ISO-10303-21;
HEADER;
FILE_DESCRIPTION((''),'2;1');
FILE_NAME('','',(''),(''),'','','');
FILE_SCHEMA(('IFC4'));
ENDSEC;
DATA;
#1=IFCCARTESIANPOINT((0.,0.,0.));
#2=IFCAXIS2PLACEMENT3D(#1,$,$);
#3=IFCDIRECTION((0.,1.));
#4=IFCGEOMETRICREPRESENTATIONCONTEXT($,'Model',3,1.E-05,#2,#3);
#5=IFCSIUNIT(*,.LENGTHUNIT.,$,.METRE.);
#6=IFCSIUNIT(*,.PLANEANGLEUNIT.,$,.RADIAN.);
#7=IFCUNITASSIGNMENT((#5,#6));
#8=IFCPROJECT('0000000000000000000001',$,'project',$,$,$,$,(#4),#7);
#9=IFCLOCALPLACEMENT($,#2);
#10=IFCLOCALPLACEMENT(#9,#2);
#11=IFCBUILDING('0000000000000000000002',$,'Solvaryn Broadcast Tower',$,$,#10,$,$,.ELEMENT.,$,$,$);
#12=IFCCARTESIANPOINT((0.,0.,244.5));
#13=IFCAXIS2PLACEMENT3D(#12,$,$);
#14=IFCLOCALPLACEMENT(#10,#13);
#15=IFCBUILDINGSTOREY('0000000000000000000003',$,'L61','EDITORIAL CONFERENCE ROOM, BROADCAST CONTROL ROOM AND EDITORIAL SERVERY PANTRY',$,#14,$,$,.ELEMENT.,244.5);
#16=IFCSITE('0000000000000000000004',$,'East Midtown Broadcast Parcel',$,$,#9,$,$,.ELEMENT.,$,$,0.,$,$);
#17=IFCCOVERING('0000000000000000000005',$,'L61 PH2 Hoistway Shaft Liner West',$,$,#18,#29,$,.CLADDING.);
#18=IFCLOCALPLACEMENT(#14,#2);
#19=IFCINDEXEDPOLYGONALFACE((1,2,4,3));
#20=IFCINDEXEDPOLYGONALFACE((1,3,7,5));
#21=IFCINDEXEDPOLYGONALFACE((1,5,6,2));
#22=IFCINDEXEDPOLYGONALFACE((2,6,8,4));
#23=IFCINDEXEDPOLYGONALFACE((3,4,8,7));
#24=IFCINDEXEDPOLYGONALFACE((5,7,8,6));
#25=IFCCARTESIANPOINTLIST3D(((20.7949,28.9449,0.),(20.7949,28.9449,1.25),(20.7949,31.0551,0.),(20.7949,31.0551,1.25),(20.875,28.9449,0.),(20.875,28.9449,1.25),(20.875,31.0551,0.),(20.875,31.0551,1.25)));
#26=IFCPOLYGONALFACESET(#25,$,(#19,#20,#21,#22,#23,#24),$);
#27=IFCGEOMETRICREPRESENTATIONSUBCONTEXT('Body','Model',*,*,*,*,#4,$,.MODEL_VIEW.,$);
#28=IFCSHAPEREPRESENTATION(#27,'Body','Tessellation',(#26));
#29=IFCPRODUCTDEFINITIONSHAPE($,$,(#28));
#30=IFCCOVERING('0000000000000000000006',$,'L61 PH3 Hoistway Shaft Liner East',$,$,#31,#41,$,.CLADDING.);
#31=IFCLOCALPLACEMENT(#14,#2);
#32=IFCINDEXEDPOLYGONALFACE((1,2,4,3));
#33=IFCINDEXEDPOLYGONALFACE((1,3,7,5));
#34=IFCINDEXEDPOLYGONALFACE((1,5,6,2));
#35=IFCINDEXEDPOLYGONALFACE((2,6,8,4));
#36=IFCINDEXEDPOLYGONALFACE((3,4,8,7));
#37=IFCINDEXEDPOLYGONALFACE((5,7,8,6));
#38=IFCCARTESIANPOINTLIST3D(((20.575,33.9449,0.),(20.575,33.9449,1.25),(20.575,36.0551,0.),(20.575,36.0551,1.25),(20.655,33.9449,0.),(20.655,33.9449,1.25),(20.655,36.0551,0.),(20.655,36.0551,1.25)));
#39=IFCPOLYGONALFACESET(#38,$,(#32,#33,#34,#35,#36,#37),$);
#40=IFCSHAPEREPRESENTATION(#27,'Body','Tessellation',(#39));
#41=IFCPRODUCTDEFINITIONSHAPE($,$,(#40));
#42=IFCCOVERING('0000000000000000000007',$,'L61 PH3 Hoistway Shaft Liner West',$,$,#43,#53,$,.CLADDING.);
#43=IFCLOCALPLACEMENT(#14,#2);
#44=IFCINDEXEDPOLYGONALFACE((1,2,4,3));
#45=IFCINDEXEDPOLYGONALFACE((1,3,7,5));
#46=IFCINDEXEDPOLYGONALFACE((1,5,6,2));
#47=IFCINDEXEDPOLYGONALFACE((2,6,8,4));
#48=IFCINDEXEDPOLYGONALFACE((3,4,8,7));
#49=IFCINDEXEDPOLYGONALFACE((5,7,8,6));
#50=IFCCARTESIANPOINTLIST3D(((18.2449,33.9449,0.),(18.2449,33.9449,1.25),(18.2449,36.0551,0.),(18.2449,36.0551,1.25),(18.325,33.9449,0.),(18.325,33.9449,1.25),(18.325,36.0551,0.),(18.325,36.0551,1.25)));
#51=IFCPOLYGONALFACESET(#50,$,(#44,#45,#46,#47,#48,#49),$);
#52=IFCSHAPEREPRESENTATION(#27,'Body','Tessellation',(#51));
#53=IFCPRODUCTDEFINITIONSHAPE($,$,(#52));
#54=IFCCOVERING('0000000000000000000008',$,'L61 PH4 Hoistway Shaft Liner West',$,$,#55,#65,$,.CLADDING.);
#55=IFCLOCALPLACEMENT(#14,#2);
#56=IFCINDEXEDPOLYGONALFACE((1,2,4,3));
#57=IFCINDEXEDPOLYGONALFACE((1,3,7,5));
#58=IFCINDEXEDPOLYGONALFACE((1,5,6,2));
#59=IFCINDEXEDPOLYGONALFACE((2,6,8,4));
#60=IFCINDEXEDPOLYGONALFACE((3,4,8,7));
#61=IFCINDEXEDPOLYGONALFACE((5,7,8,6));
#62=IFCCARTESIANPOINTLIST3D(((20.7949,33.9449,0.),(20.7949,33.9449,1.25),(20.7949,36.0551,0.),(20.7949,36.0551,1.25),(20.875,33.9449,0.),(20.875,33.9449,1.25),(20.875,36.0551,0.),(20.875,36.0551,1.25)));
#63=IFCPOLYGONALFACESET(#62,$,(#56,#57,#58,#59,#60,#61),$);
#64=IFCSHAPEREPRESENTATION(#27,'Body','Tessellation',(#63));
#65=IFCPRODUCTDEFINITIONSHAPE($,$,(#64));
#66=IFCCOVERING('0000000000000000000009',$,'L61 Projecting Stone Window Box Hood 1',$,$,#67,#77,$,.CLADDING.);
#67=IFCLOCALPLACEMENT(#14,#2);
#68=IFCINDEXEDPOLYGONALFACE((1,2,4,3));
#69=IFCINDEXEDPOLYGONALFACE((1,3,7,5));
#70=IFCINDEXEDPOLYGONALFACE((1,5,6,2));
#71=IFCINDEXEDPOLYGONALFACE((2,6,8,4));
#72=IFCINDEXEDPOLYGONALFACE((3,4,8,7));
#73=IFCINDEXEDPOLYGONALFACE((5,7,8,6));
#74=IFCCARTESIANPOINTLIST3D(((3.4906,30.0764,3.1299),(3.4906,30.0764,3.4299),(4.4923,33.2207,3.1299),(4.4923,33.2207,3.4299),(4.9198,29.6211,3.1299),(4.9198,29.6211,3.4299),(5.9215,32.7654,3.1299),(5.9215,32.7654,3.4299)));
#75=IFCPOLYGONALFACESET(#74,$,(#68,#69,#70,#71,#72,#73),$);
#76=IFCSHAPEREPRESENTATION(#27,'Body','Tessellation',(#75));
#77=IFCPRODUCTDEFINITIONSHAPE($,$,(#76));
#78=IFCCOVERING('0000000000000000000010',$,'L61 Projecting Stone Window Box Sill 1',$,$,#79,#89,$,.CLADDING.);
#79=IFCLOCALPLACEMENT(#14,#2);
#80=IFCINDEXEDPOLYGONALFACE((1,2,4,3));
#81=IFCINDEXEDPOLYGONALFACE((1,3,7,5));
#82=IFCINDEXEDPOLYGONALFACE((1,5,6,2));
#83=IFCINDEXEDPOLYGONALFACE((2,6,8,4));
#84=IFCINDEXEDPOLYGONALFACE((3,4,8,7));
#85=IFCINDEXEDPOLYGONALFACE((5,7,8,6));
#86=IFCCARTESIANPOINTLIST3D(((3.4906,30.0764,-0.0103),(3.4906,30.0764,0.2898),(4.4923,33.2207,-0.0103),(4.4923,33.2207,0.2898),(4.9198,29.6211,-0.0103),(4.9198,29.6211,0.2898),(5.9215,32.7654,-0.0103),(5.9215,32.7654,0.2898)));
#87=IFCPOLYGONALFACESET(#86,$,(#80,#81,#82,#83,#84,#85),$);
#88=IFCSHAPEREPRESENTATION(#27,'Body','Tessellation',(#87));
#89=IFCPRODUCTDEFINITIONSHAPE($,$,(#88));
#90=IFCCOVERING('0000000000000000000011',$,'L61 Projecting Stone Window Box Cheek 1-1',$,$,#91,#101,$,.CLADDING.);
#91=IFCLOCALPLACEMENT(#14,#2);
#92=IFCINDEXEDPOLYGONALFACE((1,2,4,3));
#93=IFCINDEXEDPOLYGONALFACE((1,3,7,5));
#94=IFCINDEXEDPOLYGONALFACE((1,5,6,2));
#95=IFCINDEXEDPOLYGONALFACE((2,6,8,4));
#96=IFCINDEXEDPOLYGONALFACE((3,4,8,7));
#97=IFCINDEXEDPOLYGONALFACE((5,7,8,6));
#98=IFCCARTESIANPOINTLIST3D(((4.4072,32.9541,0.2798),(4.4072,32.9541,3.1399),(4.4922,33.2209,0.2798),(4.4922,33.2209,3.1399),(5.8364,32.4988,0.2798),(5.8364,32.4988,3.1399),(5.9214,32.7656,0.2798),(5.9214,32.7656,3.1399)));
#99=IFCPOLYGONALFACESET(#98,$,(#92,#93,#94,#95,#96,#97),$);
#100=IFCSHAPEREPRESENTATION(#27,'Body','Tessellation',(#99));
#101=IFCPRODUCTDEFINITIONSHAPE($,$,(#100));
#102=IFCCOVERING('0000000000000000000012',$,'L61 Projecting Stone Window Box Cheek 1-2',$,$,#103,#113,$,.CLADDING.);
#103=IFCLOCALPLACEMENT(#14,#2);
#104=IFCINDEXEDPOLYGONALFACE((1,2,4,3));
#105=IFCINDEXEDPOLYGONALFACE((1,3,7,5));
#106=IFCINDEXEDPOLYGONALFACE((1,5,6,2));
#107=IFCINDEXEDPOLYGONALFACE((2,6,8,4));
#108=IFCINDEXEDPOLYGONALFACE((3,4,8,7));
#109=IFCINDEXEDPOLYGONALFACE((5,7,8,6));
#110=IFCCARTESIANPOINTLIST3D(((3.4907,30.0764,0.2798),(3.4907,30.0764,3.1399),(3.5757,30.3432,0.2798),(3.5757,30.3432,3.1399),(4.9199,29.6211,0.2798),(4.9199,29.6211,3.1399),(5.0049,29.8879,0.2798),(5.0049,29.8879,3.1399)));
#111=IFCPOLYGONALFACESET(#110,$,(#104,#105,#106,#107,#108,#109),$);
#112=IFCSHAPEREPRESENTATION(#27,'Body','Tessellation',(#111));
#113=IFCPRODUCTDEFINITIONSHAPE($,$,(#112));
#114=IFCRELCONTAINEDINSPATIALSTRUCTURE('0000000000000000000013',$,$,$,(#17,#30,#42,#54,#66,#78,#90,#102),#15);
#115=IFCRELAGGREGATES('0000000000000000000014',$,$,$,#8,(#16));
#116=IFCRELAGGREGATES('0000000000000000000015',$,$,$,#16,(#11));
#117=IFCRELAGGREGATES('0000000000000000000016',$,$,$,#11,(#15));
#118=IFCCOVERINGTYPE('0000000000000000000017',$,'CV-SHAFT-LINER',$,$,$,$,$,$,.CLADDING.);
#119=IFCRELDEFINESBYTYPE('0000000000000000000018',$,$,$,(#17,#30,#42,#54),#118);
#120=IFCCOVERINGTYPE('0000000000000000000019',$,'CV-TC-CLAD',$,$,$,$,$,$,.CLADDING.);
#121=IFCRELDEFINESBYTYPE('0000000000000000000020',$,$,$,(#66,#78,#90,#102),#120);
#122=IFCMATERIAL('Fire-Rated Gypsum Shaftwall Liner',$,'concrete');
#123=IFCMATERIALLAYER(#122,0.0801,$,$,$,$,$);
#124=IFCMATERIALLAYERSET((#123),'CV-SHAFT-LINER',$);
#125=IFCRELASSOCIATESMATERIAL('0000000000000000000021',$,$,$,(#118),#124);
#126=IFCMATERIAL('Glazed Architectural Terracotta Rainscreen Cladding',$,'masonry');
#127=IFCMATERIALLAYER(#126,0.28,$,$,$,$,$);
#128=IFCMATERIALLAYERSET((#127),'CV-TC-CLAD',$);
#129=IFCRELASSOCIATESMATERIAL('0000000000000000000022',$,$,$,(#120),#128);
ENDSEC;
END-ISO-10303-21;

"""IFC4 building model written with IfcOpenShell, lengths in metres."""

from ifc_helpers import new_model, si_unit, direction, frame, origin, origin_2d, place, context, subcontext, project, spatial, rectangle, extrude, material, layer, layer_set, type_object, element, save


model = new_model("IFC4")

# Units and contexts
model_context = context("Model", 3, precision=1e-05, world=origin(), true_north=direction((0.0, 1.0)))
body_context = subcontext(model_context, "Body", "Model", "MODEL_VIEW")
ifc_project = project(units=[si_unit("LENGTHUNIT", "METRE"), si_unit("PLANEANGLEUNIT", "RADIAN")], contexts=[model_context])

# Site, building, storey
site_placement = place(None, origin())
site = spatial("IfcSite", under=ifc_project, at=site_placement, Name="East Midtown Broadcast Parcel", CompositionType="ELEMENT", RefElevation=0.0)
building_placement = place(site_placement, origin())
building = spatial("IfcBuilding", under=site, at=building_placement, Name="Solvaryn Broadcast Tower", CompositionType="ELEMENT")
storey_placement = place(building_placement, frame((0.0, 0.0, 244.5)))
storey = spatial("IfcBuildingStorey", under=building, at=storey_placement, Name="L61", Description="EDITORIAL CONFERENCE ROOM, BROADCAST CONTROL ROOM AND EDITORIAL SERVERY PANTRY", CompositionType="ELEMENT", Elevation=244.5)

# Coverings
ifc_material_1 = material(Name="Fire-Rated Gypsum Shaftwall Liner", Category="concrete")
ifc_layer_1 = layer(ifc_material_1, 0.0801)
ifc_layer_set_1 = layer_set([ifc_layer_1], Name="CV-SHAFT-LINER")
covering_type_1 = type_object("IfcCoveringType", Name="CV-SHAFT-LINER", PredefinedType="CLADDING", material=ifc_layer_set_1)
for number, where, z_axis, x_axis, name in (
    (1, (20.835, 30.0, 0.0), (0.0, 0.0, 1.0), (1.0, 0.0, 0.0), "L61 PH2 Hoistway Shaft Liner West"),
    (2, (20.615, 35.0, 0.0), (0.0, 0.0, 1.0), (1.0, 0.0, 0.0), "L61 PH3 Hoistway Shaft Liner East"),
    (3, (18.2849, 35.0, 0.0), (0.0, 0.0, 1.0), (1.0, 0.0, 0.0), "L61 PH3 Hoistway Shaft Liner West"),
    (4, (20.835, 35.0, 0.0), (0.0, 0.0, 1.0), (1.0, 0.0, 0.0), "L61 PH4 Hoistway Shaft Liner West"),
):
    element("IfcCovering", number, at=place(storey_placement, frame(where, z_axis=z_axis, x_axis=x_axis)), inside=storey, type_object=covering_type_1, Name=name, PredefinedType="CLADDING", context=body_context, shape_type="SweptSolid", body=[
        extrude(rectangle(XDim=0.0801, YDim=2.1101, at=origin_2d()), origin(), (0.0, 0.0, 1.0), 1.25),
    ])
ifc_material_2 = material(Name="Glazed Architectural Terracotta Rainscreen Cladding", Category="masonry")
ifc_layer_2 = layer(ifc_material_2, 0.28)
ifc_layer_set_2 = layer_set([ifc_layer_2], Name="CV-TC-CLAD")
covering_type_2 = type_object("IfcCoveringType", Name="CV-TC-CLAD", PredefinedType="CLADDING", material=ifc_layer_set_2)
for number, where, z_axis, x_axis, name in (
    (5, (4.7061, 31.4209, 3.1299), (0.0, 0.0, 1.0), (-0.303534, -0.952821, 0.0), "L61 Projecting Stone Window Box Hood 1"),
    (6, (4.7061, 31.4209, -0.0103), (0.0, 0.0, 1.0), (-0.303534, -0.952821, 0.0), "L61 Projecting Stone Window Box Sill 1"),
):
    element("IfcCovering", number, at=place(storey_placement, frame(where, z_axis=z_axis, x_axis=x_axis)), inside=storey, type_object=covering_type_2, Name=name, PredefinedType="CLADDING", context=body_context, shape_type="SweptSolid", body=[
        extrude(rectangle(XDim=3.3, YDim=1.5, at=origin_2d()), origin(), (0.0, 0.0, 1.0), 0.3),
    ])
for number, where, z_axis, x_axis, name in (
    (7, (5.1643, 32.8599, 0.2798), (0.0, 0.0, 1.0), (-0.303534, -0.952821, 0.0), "L61 Projecting Stone Window Box Cheek 1-1"),
    (8, (4.2478, 29.9822, 0.2798), (0.0, 0.0, 1.0), (-0.303534, -0.952821, 0.0), "L61 Projecting Stone Window Box Cheek 1-2"),
):
    element("IfcCovering", number, at=place(storey_placement, frame(where, z_axis=z_axis, x_axis=x_axis)), inside=storey, type_object=covering_type_2, Name=name, PredefinedType="CLADDING", context=body_context, shape_type="SweptSolid", body=[
        extrude(rectangle(XDim=0.28, YDim=1.5, at=origin_2d()), origin(), (0.0, 0.0, 1.0), 2.8601),
    ])

save(model, "model.ifc")
